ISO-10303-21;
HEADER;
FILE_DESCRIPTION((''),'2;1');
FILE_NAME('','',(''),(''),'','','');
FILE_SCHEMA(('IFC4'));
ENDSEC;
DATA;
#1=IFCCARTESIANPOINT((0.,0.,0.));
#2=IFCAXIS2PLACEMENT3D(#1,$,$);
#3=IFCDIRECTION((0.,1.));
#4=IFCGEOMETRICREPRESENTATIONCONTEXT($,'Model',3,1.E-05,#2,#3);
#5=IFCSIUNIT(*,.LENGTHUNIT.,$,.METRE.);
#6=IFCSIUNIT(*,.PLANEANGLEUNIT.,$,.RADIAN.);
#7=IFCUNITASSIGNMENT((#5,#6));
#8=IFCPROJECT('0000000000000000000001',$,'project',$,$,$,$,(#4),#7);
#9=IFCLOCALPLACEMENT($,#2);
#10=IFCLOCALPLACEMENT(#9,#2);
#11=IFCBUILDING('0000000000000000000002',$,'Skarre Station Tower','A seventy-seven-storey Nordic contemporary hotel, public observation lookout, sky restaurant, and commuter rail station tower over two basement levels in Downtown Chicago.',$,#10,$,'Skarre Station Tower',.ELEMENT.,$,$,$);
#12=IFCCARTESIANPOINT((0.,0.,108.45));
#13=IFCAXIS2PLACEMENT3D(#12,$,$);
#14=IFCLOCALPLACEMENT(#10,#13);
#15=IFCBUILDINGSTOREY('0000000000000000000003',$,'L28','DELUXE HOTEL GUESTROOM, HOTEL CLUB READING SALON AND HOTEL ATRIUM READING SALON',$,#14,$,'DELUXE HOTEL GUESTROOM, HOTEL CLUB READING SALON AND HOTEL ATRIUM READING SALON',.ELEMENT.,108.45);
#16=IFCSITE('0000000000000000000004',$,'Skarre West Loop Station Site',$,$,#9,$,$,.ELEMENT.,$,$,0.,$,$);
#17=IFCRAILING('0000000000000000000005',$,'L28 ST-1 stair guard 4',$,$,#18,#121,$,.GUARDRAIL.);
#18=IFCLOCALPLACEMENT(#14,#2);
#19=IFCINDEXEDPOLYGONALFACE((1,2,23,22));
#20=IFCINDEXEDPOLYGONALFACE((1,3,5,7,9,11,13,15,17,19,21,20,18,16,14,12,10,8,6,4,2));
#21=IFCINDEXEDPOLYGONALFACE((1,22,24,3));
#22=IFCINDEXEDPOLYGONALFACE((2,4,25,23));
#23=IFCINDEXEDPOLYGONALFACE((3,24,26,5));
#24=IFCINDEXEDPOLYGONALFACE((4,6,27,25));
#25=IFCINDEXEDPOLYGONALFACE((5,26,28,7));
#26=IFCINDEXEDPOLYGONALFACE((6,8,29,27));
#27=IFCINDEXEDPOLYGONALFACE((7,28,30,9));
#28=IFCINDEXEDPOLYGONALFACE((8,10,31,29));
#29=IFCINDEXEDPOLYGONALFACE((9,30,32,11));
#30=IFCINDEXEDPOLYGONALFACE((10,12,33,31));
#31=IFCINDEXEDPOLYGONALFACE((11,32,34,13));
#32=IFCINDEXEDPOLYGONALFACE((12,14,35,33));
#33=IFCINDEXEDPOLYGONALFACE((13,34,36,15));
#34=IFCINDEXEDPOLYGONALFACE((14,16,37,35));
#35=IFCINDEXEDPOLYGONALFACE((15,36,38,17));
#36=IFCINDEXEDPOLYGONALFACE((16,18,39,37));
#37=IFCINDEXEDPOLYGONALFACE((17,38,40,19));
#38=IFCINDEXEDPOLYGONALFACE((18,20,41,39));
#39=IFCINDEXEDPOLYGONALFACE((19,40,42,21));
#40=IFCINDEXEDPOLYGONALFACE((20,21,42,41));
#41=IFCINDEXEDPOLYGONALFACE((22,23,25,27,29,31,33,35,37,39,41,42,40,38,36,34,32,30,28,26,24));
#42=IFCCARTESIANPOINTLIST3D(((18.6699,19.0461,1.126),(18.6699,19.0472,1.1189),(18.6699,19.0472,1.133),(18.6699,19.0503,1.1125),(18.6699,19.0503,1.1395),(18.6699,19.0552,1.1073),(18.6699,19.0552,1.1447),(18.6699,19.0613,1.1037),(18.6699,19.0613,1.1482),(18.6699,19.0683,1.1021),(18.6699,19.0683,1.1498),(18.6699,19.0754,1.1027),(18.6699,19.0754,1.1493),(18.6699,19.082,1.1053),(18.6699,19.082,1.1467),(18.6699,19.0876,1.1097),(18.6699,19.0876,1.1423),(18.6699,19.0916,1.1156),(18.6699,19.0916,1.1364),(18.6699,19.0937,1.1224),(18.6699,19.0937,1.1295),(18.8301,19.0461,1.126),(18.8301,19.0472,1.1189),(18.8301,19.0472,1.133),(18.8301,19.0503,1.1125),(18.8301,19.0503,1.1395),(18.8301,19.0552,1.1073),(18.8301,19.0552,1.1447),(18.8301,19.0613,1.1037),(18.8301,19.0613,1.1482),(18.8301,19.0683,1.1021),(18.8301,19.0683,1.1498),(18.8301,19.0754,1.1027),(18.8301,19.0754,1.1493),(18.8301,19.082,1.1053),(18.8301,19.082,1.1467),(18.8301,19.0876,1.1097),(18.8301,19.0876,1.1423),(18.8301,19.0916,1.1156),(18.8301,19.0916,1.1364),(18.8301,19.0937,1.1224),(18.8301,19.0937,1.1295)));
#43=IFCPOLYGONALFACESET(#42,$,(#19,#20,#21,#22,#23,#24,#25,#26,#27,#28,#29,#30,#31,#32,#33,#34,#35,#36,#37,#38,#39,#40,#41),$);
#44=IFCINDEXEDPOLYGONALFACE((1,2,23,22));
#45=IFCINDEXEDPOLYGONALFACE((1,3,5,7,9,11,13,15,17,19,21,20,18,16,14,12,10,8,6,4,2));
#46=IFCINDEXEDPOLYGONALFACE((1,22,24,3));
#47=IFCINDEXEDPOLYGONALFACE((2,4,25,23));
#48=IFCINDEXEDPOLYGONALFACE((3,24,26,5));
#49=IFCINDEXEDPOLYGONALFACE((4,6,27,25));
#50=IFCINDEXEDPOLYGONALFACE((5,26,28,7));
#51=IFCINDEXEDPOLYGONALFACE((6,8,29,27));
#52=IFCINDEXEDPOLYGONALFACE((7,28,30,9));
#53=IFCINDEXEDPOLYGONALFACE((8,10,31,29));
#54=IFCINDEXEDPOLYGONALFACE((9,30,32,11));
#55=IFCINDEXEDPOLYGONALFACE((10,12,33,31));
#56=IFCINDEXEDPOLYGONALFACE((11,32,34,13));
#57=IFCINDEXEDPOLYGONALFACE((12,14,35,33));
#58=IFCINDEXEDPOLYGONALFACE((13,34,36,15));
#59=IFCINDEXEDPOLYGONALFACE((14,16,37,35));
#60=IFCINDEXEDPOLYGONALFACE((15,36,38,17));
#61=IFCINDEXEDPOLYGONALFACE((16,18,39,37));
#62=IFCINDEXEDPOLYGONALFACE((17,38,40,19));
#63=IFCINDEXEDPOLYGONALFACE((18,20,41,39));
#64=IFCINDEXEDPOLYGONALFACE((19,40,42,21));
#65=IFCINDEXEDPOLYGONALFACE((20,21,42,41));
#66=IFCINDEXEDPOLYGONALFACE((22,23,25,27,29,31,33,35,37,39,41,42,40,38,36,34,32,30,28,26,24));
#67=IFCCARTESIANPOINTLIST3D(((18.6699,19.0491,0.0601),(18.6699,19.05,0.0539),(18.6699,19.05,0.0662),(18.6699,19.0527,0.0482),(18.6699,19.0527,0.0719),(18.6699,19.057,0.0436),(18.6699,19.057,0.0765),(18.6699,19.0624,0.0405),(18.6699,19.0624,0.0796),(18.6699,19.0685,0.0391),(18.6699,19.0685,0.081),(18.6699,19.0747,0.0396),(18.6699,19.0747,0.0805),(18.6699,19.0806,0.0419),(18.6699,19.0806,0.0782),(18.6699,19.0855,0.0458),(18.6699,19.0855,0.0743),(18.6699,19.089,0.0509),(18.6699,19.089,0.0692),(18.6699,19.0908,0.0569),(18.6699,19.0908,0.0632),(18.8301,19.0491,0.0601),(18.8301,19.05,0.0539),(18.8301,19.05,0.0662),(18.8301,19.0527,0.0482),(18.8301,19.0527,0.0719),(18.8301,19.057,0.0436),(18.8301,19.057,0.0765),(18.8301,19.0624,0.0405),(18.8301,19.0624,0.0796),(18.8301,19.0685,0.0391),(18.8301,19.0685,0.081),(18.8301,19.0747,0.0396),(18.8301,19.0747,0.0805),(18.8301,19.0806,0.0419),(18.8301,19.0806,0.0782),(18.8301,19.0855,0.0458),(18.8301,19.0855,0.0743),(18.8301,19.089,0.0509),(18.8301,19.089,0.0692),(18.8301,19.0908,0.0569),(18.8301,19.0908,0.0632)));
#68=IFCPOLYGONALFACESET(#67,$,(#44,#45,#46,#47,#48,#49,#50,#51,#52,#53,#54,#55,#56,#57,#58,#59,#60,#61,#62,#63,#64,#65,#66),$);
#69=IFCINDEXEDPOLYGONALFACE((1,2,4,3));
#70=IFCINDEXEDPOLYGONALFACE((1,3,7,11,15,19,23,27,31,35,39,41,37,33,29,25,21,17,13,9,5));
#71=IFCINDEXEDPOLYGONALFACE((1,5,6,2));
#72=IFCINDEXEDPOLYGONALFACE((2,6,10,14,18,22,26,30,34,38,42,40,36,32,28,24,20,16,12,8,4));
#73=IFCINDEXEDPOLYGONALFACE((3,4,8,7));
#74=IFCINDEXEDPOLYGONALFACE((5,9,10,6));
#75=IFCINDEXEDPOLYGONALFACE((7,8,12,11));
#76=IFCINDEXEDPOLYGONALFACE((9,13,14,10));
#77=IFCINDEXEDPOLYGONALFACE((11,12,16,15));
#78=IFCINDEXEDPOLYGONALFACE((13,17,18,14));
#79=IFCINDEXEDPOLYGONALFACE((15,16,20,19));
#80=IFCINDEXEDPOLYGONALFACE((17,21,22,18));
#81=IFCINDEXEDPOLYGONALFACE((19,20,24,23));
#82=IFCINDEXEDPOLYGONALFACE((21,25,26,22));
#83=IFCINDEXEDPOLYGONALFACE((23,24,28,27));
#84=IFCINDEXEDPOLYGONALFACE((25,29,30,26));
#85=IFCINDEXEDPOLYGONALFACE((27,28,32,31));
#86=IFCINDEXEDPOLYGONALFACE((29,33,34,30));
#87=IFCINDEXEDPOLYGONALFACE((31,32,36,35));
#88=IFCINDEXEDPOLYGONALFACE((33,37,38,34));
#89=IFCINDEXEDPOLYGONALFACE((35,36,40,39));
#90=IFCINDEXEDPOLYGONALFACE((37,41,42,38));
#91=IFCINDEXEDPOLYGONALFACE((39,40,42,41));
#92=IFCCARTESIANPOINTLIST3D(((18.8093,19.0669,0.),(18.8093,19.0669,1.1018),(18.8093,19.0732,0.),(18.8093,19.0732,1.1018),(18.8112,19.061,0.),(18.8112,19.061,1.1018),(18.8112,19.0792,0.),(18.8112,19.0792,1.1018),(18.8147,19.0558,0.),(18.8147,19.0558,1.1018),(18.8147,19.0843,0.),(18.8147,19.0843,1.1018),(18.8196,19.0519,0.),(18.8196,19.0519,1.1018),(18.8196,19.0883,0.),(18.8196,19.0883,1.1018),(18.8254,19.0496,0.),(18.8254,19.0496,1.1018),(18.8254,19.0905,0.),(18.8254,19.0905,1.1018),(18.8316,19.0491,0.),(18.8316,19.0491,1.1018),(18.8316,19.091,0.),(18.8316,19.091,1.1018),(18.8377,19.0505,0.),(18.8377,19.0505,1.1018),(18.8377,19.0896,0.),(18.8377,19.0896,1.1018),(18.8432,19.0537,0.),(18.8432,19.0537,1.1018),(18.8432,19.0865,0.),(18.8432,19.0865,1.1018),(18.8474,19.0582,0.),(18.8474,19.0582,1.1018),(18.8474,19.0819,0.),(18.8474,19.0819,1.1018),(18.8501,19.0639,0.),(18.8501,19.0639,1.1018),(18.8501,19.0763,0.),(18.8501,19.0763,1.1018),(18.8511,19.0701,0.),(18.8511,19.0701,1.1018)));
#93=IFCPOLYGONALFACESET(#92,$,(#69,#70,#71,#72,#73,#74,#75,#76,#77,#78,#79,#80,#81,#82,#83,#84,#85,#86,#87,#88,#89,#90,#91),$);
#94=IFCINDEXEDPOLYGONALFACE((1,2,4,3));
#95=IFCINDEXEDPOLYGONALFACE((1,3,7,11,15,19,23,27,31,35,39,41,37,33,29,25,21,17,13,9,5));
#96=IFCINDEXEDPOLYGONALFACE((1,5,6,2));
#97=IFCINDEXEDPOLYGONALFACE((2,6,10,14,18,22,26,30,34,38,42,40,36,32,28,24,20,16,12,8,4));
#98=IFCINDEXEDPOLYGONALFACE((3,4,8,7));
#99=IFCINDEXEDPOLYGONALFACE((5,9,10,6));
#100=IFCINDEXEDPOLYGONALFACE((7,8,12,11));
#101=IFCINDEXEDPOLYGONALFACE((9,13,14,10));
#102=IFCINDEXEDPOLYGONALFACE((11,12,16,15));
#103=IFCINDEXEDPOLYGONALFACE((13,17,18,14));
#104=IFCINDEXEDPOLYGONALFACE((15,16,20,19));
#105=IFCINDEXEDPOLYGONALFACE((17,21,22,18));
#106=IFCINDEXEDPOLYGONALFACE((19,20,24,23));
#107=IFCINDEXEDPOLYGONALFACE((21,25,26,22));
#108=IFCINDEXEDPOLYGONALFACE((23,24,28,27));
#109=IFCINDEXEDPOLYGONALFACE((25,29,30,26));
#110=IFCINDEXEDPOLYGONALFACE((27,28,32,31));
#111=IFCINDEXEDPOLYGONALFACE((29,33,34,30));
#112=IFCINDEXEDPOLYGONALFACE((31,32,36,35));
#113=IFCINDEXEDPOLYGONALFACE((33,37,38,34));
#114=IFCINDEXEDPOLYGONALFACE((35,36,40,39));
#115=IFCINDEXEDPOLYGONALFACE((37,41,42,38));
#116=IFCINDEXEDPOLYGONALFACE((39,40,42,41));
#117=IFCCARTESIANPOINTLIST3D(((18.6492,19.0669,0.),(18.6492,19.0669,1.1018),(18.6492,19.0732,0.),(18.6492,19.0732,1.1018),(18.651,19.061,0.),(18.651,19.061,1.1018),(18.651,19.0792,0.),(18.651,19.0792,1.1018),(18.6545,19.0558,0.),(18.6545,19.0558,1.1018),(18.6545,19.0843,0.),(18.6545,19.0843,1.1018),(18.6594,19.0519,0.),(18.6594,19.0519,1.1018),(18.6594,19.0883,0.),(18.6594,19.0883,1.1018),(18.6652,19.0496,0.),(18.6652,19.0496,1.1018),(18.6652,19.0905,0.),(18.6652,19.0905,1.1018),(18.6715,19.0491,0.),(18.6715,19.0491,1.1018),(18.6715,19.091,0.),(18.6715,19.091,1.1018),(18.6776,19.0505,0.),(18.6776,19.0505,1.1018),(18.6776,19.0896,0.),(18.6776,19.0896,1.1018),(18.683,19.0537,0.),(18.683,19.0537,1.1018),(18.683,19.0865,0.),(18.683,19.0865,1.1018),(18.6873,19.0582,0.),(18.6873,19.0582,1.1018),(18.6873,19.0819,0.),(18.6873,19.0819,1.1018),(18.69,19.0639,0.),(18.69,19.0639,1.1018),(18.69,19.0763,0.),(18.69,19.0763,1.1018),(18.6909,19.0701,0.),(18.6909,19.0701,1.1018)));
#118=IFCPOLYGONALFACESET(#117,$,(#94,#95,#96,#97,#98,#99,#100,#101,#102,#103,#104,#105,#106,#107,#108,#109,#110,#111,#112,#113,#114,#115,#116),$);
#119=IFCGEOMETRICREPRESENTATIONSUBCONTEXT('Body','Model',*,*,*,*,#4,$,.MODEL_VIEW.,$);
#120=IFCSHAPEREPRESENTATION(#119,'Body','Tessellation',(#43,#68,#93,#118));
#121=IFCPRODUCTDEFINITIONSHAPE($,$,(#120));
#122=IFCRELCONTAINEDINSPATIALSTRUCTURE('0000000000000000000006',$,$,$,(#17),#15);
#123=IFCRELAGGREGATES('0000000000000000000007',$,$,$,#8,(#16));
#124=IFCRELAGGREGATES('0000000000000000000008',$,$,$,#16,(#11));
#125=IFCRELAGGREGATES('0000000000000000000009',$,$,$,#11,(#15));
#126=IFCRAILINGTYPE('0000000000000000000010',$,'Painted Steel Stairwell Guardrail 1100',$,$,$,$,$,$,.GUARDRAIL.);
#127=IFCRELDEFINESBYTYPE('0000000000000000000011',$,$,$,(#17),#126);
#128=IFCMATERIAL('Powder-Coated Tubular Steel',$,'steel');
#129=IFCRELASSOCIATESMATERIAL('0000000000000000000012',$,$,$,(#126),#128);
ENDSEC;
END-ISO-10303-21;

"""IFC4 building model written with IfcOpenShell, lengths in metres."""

from ifc_helpers import new_model, si_unit, direction, frame, origin, origin_2d, place, context, subcontext, project, spatial, circle, extrude, material, type_object, element, save


model = new_model("IFC4")

# Units and contexts
model_context = context("Model", 3, precision=1e-05, world=origin(), true_north=direction((0.0, 1.0)))
body_context = subcontext(model_context, "Body", "Model", "MODEL_VIEW")
ifc_project = project(units=[si_unit("LENGTHUNIT", "METRE"), si_unit("PLANEANGLEUNIT", "RADIAN")], contexts=[model_context])

# Site, building, storey
site_placement = place(None, origin())
site = spatial("IfcSite", under=ifc_project, at=site_placement, Name="Skarre West Loop Station Site", CompositionType="ELEMENT", RefElevation=0.0)
building_placement = place(site_placement, origin())
building = spatial("IfcBuilding", under=site, at=building_placement, Name="Skarre Station Tower", Description="A seventy-seven-storey Nordic contemporary hotel, public observation lookout, sky restaurant, and commuter rail station tower over two basement levels in Downtown Chicago.", LongName="Skarre Station Tower", CompositionType="ELEMENT")
storey_placement = place(building_placement, frame((0.0, 0.0, 108.45)))
storey = spatial("IfcBuildingStorey", under=building, at=storey_placement, Name="L28", Description="DELUXE HOTEL GUESTROOM, HOTEL CLUB READING SALON AND HOTEL ATRIUM READING SALON", LongName="DELUXE HOTEL GUESTROOM, HOTEL CLUB READING SALON AND HOTEL ATRIUM READING SALON", CompositionType="ELEMENT", Elevation=108.45)

# Railing
ifc_material_1 = material(Name="Powder-Coated Tubular Steel", Category="steel")
railing_type_1 = type_object("IfcRailingType", Name="Painted Steel Stairwell Guardrail 1100", PredefinedType="GUARDRAIL", material=ifc_material_1)
railing_1_placement = place(storey_placement, frame((18.8301, 19.0701, 0.0)))
element("IfcRailing", 1, at=railing_1_placement, inside=storey, type_object=railing_type_1, Name="L28 ST-1 stair guard 4", PredefinedType="GUARDRAIL", context=body_context, shape_type="SweptSolid", body=[
    extrude(circle(Radius=0.0239, at=origin_2d()), frame((0.0, 0.0, 1.126), z_axis=(-1.0, 0.0, 0.0), x_axis=(0.0, -1.0, 0.0)), (0.0, 0.0, 1.0), 0.1602),
    extrude(circle(Radius=0.021, at=origin_2d()), frame((0.0, 0.0, 0.0601), z_axis=(-1.0, 0.0, 0.0), x_axis=(0.0, -1.0, 0.0)), (0.0, 0.0, 1.0), 0.1602),
    extrude(circle(Radius=0.021, at=origin_2d()), origin(), (0.0, 0.0, 1.0), 1.1018),
    extrude(circle(Radius=0.021, at=origin_2d()), frame((-0.1602, 0.0, 0.0)), (0.0, 0.0, 1.0), 1.1018),
])

save(model, "model.ifc")
